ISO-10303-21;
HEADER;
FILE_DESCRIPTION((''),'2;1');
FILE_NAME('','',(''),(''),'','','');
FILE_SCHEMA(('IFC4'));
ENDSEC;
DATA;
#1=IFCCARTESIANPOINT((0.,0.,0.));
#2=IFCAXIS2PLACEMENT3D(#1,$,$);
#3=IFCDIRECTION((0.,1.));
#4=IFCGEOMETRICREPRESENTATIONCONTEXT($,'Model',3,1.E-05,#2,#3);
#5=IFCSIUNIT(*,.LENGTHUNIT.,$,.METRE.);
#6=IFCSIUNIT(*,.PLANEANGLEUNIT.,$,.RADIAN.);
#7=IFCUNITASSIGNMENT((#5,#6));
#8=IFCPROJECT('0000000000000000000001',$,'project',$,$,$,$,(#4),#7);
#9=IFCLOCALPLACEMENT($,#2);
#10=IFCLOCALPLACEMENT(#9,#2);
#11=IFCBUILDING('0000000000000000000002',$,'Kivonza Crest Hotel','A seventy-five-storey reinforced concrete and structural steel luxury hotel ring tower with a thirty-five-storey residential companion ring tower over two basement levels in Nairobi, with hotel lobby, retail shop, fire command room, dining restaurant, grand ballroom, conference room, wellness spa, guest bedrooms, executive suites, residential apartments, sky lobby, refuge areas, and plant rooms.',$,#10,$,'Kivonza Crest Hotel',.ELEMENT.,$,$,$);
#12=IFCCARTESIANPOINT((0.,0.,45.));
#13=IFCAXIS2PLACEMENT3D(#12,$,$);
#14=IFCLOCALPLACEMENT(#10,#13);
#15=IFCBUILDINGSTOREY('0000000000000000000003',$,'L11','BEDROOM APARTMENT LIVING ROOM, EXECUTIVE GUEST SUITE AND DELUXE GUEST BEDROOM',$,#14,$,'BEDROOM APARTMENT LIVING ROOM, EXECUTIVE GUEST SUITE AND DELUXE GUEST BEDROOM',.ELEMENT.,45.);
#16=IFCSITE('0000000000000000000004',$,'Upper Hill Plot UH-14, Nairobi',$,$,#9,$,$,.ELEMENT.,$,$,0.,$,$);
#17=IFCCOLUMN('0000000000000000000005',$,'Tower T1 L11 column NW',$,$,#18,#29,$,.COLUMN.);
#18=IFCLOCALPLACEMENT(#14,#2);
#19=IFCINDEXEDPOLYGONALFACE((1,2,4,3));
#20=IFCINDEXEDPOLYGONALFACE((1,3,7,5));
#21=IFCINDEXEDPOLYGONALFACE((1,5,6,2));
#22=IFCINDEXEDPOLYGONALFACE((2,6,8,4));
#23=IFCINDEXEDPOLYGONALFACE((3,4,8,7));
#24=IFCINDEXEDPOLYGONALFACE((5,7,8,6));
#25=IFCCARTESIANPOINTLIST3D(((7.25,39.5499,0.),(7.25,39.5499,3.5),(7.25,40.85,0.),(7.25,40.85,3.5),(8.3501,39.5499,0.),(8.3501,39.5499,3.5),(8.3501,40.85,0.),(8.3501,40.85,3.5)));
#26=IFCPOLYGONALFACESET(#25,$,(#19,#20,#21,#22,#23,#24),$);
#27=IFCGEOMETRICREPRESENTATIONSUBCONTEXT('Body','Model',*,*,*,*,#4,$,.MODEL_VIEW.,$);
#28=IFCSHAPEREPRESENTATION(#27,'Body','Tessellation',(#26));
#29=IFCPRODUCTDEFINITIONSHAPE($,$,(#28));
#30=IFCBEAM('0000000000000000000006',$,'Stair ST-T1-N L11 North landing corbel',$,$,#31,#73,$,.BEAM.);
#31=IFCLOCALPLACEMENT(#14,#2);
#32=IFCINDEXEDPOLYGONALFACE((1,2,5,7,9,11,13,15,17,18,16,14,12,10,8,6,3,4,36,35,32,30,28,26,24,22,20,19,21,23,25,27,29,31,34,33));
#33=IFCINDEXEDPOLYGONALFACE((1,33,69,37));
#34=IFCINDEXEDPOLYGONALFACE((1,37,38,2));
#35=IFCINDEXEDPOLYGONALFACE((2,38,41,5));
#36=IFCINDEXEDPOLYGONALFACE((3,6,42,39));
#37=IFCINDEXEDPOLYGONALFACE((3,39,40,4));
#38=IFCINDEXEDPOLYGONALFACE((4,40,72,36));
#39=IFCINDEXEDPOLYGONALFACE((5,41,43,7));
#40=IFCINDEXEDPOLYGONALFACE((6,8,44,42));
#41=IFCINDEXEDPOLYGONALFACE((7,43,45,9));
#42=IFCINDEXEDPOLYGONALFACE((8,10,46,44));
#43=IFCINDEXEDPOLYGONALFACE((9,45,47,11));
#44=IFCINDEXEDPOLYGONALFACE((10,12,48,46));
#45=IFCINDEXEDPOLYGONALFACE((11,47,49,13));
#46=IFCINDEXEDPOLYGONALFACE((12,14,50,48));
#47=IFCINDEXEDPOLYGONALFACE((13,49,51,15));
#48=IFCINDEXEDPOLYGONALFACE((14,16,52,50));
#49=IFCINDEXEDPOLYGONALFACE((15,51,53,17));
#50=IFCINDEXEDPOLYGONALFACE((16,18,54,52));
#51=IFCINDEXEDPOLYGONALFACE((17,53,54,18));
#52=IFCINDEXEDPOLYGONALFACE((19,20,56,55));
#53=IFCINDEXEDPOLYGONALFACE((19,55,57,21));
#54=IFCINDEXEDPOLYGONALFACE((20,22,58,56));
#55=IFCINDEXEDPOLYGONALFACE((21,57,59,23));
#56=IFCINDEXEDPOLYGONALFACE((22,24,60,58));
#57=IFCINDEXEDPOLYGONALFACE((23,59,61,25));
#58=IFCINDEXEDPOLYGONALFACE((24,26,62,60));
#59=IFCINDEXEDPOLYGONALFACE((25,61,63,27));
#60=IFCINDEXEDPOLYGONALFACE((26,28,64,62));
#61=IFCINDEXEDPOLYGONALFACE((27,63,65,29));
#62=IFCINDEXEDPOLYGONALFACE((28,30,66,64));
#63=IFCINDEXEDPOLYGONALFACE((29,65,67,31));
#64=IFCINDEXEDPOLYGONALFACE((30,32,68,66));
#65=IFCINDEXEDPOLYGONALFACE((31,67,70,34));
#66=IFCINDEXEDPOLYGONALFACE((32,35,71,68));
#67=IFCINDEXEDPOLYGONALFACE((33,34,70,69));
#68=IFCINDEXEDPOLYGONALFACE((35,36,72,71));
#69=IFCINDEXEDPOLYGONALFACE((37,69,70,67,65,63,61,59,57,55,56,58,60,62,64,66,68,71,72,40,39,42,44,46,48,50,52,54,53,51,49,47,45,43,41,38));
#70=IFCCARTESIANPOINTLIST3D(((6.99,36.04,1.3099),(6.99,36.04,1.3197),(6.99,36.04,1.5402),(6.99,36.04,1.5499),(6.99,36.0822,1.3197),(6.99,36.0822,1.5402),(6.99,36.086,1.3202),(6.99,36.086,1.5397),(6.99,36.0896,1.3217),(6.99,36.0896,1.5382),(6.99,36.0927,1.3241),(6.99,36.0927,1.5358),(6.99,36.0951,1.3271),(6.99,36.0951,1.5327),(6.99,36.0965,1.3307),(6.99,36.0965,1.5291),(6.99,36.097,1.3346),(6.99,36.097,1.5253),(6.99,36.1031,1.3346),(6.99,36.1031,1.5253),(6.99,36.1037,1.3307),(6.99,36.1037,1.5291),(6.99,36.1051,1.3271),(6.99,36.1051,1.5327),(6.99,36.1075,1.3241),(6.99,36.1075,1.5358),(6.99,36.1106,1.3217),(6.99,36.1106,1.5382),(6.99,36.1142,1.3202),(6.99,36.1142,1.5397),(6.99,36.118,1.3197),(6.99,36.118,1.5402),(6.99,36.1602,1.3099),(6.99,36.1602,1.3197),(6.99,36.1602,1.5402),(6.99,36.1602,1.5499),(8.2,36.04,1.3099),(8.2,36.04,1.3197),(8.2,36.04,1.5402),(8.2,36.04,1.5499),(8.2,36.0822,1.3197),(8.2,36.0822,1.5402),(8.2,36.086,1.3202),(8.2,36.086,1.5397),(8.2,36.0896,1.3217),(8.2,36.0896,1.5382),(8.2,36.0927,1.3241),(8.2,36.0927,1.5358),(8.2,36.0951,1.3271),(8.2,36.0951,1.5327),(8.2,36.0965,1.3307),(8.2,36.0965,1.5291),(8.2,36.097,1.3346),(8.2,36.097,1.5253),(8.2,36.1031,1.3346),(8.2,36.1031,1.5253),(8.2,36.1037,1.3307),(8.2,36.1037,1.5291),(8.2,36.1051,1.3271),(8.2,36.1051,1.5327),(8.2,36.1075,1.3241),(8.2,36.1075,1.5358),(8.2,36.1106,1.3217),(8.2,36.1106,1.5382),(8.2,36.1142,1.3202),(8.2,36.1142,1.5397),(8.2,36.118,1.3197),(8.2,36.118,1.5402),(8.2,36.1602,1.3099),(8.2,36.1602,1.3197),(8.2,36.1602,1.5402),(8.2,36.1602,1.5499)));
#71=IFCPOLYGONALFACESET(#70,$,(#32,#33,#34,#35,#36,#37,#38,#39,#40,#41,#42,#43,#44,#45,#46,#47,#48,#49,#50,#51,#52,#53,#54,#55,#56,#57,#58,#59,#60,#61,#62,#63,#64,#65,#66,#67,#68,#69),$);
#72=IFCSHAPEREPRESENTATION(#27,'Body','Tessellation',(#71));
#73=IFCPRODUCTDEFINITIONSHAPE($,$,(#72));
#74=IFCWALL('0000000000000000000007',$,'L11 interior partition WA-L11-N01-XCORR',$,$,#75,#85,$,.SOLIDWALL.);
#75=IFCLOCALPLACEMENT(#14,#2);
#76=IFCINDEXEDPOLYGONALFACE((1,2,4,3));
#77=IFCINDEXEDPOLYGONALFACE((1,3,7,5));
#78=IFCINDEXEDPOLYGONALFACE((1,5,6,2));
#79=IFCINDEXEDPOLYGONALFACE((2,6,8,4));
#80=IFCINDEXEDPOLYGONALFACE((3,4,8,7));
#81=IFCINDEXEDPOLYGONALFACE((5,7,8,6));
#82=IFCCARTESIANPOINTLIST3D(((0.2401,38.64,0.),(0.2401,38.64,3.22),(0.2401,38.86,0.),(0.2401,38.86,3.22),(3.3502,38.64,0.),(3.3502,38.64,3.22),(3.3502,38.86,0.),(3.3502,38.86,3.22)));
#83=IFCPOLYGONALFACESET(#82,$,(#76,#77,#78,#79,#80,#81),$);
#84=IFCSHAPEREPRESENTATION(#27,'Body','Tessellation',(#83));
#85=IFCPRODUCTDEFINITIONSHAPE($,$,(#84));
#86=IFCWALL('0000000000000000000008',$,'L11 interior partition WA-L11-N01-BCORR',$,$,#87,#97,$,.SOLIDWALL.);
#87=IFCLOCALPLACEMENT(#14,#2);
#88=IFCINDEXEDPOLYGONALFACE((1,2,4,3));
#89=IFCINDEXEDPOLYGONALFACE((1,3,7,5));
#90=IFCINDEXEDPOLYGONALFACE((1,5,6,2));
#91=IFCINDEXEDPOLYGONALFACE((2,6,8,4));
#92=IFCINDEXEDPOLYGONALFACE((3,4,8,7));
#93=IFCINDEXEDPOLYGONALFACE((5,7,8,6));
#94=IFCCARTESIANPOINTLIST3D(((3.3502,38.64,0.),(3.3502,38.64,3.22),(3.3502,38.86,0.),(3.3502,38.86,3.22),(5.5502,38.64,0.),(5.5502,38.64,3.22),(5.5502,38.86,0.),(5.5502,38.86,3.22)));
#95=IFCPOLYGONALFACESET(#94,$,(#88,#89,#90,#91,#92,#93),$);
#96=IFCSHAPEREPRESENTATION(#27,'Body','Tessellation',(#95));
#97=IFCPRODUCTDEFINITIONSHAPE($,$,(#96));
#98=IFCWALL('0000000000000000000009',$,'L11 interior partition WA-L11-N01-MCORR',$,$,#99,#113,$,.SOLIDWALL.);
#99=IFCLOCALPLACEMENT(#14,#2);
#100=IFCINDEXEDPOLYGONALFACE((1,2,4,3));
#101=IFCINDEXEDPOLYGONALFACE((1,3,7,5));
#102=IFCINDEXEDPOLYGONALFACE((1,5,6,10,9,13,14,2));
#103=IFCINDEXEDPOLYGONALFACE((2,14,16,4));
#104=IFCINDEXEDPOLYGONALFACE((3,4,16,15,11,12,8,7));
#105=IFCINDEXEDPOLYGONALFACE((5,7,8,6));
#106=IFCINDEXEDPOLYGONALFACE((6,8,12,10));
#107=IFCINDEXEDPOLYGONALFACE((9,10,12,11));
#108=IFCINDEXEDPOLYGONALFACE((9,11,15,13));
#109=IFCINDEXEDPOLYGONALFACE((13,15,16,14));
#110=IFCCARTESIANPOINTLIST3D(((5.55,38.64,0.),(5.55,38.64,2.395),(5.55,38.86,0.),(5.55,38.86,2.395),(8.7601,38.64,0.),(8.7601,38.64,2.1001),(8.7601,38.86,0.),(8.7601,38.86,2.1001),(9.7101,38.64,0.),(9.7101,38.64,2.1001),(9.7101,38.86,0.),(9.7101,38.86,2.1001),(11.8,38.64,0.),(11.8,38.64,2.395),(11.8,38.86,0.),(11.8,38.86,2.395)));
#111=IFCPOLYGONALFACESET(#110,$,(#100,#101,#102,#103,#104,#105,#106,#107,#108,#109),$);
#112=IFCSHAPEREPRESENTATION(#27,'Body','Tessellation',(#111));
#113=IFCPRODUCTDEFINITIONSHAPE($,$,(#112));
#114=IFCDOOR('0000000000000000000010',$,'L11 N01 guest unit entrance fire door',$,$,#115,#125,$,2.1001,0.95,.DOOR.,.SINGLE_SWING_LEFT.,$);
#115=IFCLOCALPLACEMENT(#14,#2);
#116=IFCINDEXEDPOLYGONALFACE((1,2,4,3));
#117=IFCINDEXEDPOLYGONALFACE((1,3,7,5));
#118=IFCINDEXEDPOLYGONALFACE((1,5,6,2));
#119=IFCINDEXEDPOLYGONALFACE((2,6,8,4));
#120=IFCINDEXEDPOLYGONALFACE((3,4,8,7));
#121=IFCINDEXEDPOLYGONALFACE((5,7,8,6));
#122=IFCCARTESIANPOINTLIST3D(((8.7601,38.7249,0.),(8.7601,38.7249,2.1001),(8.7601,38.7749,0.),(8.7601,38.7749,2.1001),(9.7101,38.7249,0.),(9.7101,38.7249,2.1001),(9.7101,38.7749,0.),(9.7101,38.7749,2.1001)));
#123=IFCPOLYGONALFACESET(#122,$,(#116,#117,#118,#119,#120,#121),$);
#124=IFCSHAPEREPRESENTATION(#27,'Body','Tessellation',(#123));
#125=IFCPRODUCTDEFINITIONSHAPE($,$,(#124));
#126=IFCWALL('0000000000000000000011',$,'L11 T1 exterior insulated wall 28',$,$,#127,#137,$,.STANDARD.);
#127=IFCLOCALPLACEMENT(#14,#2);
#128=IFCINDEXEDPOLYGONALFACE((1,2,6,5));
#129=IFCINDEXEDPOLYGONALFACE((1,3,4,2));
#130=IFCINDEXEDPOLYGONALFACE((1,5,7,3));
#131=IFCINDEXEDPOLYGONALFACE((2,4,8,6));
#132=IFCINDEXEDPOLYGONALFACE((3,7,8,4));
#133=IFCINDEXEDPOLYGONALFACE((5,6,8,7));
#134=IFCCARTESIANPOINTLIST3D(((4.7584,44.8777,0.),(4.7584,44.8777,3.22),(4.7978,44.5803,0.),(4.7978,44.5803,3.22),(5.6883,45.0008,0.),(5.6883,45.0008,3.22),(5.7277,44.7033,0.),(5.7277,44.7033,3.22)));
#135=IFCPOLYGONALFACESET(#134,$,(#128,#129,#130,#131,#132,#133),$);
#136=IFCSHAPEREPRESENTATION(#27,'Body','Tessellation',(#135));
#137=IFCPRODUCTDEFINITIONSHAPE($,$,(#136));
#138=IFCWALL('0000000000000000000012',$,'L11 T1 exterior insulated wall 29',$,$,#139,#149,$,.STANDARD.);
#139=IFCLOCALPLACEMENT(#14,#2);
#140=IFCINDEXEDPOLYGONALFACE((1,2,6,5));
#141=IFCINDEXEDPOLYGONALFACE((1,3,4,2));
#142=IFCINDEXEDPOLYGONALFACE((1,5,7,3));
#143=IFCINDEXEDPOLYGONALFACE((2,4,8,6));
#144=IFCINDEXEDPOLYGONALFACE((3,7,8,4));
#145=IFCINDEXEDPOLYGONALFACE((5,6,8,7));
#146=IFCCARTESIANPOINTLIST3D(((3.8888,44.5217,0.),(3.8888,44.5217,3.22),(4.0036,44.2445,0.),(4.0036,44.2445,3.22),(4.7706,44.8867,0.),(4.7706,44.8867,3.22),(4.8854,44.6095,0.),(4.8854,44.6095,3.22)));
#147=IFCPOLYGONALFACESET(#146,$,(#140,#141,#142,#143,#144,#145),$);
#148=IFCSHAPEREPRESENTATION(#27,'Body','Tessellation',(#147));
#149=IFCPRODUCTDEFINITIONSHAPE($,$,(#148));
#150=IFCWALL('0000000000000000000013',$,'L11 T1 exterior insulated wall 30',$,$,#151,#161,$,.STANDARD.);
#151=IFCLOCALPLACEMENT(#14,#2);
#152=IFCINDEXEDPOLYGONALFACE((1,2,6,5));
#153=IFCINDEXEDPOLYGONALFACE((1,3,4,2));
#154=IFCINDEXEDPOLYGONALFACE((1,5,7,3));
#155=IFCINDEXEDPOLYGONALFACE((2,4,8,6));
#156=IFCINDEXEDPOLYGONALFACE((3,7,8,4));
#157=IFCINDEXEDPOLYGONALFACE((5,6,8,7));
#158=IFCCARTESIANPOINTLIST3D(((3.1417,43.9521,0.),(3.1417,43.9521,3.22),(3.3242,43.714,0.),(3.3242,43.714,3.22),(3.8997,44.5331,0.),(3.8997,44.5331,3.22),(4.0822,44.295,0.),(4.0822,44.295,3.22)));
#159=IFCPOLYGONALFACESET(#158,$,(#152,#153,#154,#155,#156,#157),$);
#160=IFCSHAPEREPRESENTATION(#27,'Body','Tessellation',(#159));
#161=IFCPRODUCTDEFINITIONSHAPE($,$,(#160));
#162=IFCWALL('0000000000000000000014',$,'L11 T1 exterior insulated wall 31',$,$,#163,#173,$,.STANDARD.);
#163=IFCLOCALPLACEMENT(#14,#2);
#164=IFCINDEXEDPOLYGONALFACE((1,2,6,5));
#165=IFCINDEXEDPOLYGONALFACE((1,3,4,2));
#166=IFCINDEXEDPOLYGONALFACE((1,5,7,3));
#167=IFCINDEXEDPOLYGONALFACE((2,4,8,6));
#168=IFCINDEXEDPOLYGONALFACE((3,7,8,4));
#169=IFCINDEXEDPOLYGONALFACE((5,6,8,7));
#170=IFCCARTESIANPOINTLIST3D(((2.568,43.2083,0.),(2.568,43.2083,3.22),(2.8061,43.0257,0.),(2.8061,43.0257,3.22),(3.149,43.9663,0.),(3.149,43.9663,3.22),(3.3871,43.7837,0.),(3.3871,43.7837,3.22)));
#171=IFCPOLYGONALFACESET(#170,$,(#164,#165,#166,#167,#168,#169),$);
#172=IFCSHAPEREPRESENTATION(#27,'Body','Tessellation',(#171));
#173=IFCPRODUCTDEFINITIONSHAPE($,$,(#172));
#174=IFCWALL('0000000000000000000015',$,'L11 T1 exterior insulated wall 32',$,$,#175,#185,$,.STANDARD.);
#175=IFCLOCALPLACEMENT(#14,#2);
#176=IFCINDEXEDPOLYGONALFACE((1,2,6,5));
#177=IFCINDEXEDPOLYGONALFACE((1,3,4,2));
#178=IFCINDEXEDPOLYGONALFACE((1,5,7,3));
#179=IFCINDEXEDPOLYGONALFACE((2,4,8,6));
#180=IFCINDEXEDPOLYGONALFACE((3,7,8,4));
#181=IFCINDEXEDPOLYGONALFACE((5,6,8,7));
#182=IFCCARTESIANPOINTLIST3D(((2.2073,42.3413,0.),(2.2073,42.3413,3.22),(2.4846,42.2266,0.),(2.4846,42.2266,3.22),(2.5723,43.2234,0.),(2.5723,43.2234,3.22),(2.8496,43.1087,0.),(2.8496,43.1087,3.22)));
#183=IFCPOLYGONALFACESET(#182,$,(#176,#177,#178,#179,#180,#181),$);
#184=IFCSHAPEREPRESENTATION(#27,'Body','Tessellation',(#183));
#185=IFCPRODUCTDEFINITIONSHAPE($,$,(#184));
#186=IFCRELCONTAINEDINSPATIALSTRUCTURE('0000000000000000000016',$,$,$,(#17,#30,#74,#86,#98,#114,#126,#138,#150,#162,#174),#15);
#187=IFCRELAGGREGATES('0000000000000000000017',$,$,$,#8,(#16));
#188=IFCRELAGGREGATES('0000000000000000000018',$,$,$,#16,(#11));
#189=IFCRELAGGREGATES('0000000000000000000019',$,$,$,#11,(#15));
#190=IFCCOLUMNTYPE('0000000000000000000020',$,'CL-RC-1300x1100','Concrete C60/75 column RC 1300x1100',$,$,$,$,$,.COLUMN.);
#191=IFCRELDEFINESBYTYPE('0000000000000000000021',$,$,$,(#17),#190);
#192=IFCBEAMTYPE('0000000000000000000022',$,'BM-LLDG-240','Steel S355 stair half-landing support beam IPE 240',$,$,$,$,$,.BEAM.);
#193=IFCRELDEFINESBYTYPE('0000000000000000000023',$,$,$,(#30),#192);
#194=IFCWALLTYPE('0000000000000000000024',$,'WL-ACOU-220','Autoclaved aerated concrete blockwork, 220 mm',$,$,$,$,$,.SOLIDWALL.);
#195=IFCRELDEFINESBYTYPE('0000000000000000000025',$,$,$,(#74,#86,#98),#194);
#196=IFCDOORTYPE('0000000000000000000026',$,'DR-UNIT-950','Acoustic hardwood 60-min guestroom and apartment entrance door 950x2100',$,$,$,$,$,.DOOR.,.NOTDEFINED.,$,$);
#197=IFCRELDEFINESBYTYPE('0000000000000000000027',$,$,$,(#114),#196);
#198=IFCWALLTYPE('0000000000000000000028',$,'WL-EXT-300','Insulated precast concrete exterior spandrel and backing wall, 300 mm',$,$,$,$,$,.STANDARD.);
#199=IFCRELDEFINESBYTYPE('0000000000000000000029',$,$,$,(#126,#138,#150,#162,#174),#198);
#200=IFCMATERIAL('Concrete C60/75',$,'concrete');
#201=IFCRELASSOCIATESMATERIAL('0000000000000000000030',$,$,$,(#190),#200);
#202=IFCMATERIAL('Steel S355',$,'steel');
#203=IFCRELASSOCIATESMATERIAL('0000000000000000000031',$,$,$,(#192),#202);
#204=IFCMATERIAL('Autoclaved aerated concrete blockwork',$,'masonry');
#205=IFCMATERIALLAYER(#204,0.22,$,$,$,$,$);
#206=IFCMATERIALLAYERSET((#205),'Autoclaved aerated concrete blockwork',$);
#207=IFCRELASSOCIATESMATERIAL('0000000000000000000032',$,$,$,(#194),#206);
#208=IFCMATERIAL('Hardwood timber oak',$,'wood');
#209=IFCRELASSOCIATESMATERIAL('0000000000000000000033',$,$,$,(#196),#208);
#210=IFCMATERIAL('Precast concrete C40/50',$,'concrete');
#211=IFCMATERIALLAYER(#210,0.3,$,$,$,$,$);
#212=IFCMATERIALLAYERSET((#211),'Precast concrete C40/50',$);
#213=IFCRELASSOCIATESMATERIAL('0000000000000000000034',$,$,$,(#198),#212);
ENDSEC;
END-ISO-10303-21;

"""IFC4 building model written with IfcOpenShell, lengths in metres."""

from ifc_helpers import new_model, si_unit, direction, frame, frame_2d, origin, origin_2d, place, context, subcontext, project, spatial, rectangle, i_section, extrude, material, layer, layer_set, material_profile, profile_set, type_object, element, fill, save


model = new_model("IFC4")

# Units and contexts
model_context = context("Model", 3, precision=1e-05, world=origin(), true_north=direction((0.0, 1.0)))
body_context = subcontext(model_context, "Body", "Model", "MODEL_VIEW")
ifc_project = project(units=[si_unit("LENGTHUNIT", "METRE"), si_unit("PLANEANGLEUNIT", "RADIAN")], contexts=[model_context])

# Site, building, storey
site_placement = place(None, origin())
site = spatial("IfcSite", under=ifc_project, at=site_placement, Name="Upper Hill Plot UH-14, Nairobi", CompositionType="ELEMENT", RefElevation=0.0)
building_placement = place(site_placement, origin())
building = spatial("IfcBuilding", under=site, at=building_placement, Name="Kivonza Crest Hotel", Description="A seventy-five-storey reinforced concrete and structural steel luxury hotel ring tower with a thirty-five-storey residential companion ring tower over two basement levels in Nairobi, with hotel lobby, retail shop, fire command room, dining restaurant, grand ballroom, conference room, wellness spa, guest bedrooms, executive suites, residential apartments, sky lobby, refuge areas, and plant rooms.", LongName="Kivonza Crest Hotel", CompositionType="ELEMENT")
storey_placement = place(building_placement, frame((0.0, 0.0, 45.0)))
storey = spatial("IfcBuildingStorey", under=building, at=storey_placement, Name="L11", Description="BEDROOM APARTMENT LIVING ROOM, EXECUTIVE GUEST SUITE AND DELUXE GUEST BEDROOM", LongName="BEDROOM APARTMENT LIVING ROOM, EXECUTIVE GUEST SUITE AND DELUXE GUEST BEDROOM", CompositionType="ELEMENT", Elevation=45.0)

# Column
ifc_material_1 = material(Name="Concrete C60/75", Category="concrete")
ifc_material_profile_1 = material_profile(ifc_material_1, rectangle(XDim=1.1001, YDim=1.3, at=origin_2d()), Name="RC 1300x1100")
ifc_profile_set_1 = profile_set([ifc_material_profile_1], Name="Concrete C60/75")
column_type = type_object("IfcColumnType", Name="CL-RC-1300x1100", Description="Concrete C60/75 column RC 1300x1100", PredefinedType="COLUMN", material=ifc_profile_set_1)
column_placement = place(storey_placement, frame((7.8, 40.2, 0.0), z_axis=(0.0, 0.0, 1.0), x_axis=(1.0, 0.0, 0.0)))
element("IfcColumn", 1, at=column_placement, inside=storey, type_object=column_type, Name="Tower T1 L11 column NW", PredefinedType="COLUMN", context=body_context, shape_type="SweptSolid", body=[
    extrude(rectangle(XDim=1.1001, YDim=1.3, at=origin_2d()), origin(), (0.0, 0.0, 1.0), 3.5),
])

# Beam
ifc_material_2 = material(Name="Steel S355", Category="steel")
ifc_material_profile_2 = material_profile(ifc_material_2, i_section(OverallWidth=0.1201, OverallDepth=0.24, WebThickness=0.0061, FlangeThickness=0.0098, FilletRadius=0.0149, at=origin_2d()), Name="IPE 240")
ifc_profile_set_2 = profile_set([ifc_material_profile_2], Name="Steel S355")
beam_type = type_object("IfcBeamType", Name="BM-LLDG-240", Description="Steel S355 stair half-landing support beam IPE 240", PredefinedType="BEAM", material=ifc_profile_set_2)
beam_placement = place(storey_placement, frame((6.99, 36.1001, 1.4299), z_axis=(1.0, 0.0, 0.0), x_axis=(0.0, 1.0, 0.0)))
element("IfcBeam", 2, at=beam_placement, inside=storey, type_object=beam_type, Name="Stair ST-T1-N L11 North landing corbel", PredefinedType="BEAM", context=body_context, shape_type="SweptSolid", body=[
    extrude(i_section(OverallWidth=0.1201, OverallDepth=0.24, WebThickness=0.0061, FlangeThickness=0.0098, FilletRadius=0.0149, at=origin_2d()), origin(), (0.0, 0.0, 1.0), 1.21),
])

# Walls
ifc_material_3 = material(Name="Autoclaved aerated concrete blockwork", Category="masonry")
ifc_layer_1 = layer(ifc_material_3, 0.22)
ifc_layer_set_1 = layer_set([ifc_layer_1], Name="Autoclaved aerated concrete blockwork")
wall_type_1 = type_object("IfcWallType", Name="WL-ACOU-220", Description="Autoclaved aerated concrete blockwork, 220 mm", PredefinedType="SOLIDWALL", material=ifc_layer_set_1)
wall_1_placement = place(storey_placement, frame((0.24, 38.75, 0.0), z_axis=(0.0, 0.0, 1.0), x_axis=(1.0, 0.0, 0.0)))
element("IfcWall", 3, at=wall_1_placement, inside=storey, type_object=wall_type_1, Name="L11 interior partition WA-L11-N01-XCORR", PredefinedType="SOLIDWALL", context=body_context, shape_type="SweptSolid", body=[
    extrude(rectangle(XDim=3.1101, YDim=0.22, at=frame_2d((1.5552, 0.0))), origin(), (0.0, 0.0, 1.0), 3.22),
])
wall_2_placement = place(storey_placement, frame((3.3501, 38.75, 0.0), z_axis=(0.0, 0.0, 1.0), x_axis=(1.0, 0.0, 0.0)))
element("IfcWall", 4, at=wall_2_placement, inside=storey, type_object=wall_type_1, Name="L11 interior partition WA-L11-N01-BCORR", PredefinedType="SOLIDWALL", context=body_context, shape_type="SweptSolid", body=[
    extrude(rectangle(XDim=2.2, YDim=0.22, at=frame_2d((1.1001, 0.0))), origin(), (0.0, 0.0, 1.0), 3.22),
])

# Wall, opening, door
wall_3_placement = place(storey_placement, frame((5.55, 38.75, 0.0), z_axis=(0.0, 0.0, 1.0), x_axis=(1.0, 0.0, 0.0)))
wall_3 = element("IfcWall", 5, at=wall_3_placement, inside=storey, type_object=wall_type_1, Name="L11 interior partition WA-L11-N01-MCORR", PredefinedType="SOLIDWALL", context=body_context, shape_type="SweptSolid", body=[
    extrude(rectangle(XDim=6.25, YDim=0.22, at=frame_2d((3.125, 0.0))), origin(), (0.0, 0.0, 1.0), 2.395),
])
opening_1_placement = place(wall_3_placement, frame((3.21, 0.0, 0.0)))
opening_1 = element("IfcOpeningElement", 6, at=opening_1_placement, cuts=wall_3, PredefinedType="OPENING", context=body_context, shape_type="SweptSolid", body=[
    extrude(rectangle(XDim=0.95, YDim=2.1001, at=frame_2d((0.4751, 1.05))), frame((0.0, 0.1201, 0.0), z_axis=(0.0, -1.0, 0.0), x_axis=(1.0, 0.0, 0.0)), (0.0, 0.0, 1.0), 0.24),
])
ifc_material_4 = material(Name="Hardwood timber oak", Category="wood")
door_type_1 = type_object("IfcDoorType", Name="DR-UNIT-950", Description="Acoustic hardwood 60-min guestroom and apartment entrance door 950x2100", OperationType="NOTDEFINED", PredefinedType="DOOR", material=ifc_material_4)
door_1_placement = place(opening_1_placement, origin())
door_1 = element("IfcDoor", 7, at=door_1_placement, inside=storey, type_object=door_type_1, Name="L11 N01 guest unit entrance fire door", OperationType="SINGLE_SWING_LEFT", OverallHeight=2.1001, OverallWidth=0.95, PredefinedType="DOOR", context=body_context, shape_type="SweptSolid", body=[
    extrude(rectangle(XDim=0.95, YDim=2.1001, at=frame_2d((0.4751, 1.05))), frame((0.0, 0.0249, 0.0), z_axis=(0.0, -1.0, 0.0), x_axis=(1.0, 0.0, 0.0)), (0.0, 0.0, 1.0), 0.05),
])
fill(opening_1, door_1)

# Walls
ifc_material_5 = material(Name="Precast concrete C40/50", Category="concrete")
ifc_layer_2 = layer(ifc_material_5, 0.3)
ifc_layer_set_2 = layer_set([ifc_layer_2], Name="Precast concrete C40/50")
wall_type_2 = type_object("IfcWallType", Name="WL-EXT-300", Description="Insulated precast concrete exterior spandrel and backing wall, 300 mm", PredefinedType="STANDARD", material=ifc_layer_set_2)
wall_4_placement = place(storey_placement, frame((5.708, 44.8521, 0.0), z_axis=(0.0, 0.0, 1.0), x_axis=(-0.991359, -0.131175, 0.0)))
element("IfcWall", 8, at=wall_4_placement, inside=storey, type_object=wall_type_2, Name="L11 T1 exterior insulated wall 28", PredefinedType="STANDARD", context=body_context, shape_type="SweptSolid", body=[
    extrude(rectangle(XDim=0.938, YDim=0.3, at=frame_2d((0.469, 0.0))), origin(), (0.0, 0.0, 1.0), 3.22),
])
wall_5_placement = place(storey_placement, frame((4.8279, 44.748, 0.0), z_axis=(0.0, 0.0, 1.0), x_axis=(-0.923983, -0.382435, 0.0)))
element("IfcWall", 9, at=wall_5_placement, inside=storey, type_object=wall_type_2, Name="L11 T1 exterior insulated wall 29", PredefinedType="STANDARD", context=body_context, shape_type="SweptSolid", body=[
    extrude(rectangle(XDim=0.9543, YDim=0.3, at=frame_2d((0.4771, 0.0))), origin(), (0.0, 0.0, 1.0), 3.22),
])
for number, where, z_axis, x_axis, name in (
    (10, (3.991, 44.4141, 0.0), (0.0, 0.0, 1.0), (-0.793668, -0.608351, 0.0), "L11 T1 exterior insulated wall 30"),
    (11, (3.2681, 43.875, 0.0), (0.0, 0.0, 1.0), (-0.608351, -0.793668, 0.0), "L11 T1 exterior insulated wall 31"),
):
    element("IfcWall", number, at=place(storey_placement, frame(where, z_axis=z_axis, x_axis=x_axis)), inside=storey, type_object=wall_type_2, Name=name, PredefinedType="STANDARD", context=body_context, shape_type="SweptSolid", body=[
        extrude(rectangle(XDim=0.9551, YDim=0.3, at=frame_2d((0.4775, 0.0))), origin(), (0.0, 0.0, 1.0), 3.22),
    ])
wall_6_placement = place(storey_placement, frame((2.7109, 43.166, 0.0), z_axis=(0.0, 0.0, 1.0), x_axis=(-0.382344, -0.92402, 0.0)))
element("IfcWall", 12, at=wall_6_placement, inside=storey, type_object=wall_type_2, Name="L11 T1 exterior insulated wall 32", PredefinedType="STANDARD", context=body_context, shape_type="SweptSolid", body=[
    extrude(rectangle(XDim=0.9546, YDim=0.3, at=frame_2d((0.4773, 0.0))), origin(), (0.0, 0.0, 1.0), 3.22),
])

save(model, "model.ifc")
